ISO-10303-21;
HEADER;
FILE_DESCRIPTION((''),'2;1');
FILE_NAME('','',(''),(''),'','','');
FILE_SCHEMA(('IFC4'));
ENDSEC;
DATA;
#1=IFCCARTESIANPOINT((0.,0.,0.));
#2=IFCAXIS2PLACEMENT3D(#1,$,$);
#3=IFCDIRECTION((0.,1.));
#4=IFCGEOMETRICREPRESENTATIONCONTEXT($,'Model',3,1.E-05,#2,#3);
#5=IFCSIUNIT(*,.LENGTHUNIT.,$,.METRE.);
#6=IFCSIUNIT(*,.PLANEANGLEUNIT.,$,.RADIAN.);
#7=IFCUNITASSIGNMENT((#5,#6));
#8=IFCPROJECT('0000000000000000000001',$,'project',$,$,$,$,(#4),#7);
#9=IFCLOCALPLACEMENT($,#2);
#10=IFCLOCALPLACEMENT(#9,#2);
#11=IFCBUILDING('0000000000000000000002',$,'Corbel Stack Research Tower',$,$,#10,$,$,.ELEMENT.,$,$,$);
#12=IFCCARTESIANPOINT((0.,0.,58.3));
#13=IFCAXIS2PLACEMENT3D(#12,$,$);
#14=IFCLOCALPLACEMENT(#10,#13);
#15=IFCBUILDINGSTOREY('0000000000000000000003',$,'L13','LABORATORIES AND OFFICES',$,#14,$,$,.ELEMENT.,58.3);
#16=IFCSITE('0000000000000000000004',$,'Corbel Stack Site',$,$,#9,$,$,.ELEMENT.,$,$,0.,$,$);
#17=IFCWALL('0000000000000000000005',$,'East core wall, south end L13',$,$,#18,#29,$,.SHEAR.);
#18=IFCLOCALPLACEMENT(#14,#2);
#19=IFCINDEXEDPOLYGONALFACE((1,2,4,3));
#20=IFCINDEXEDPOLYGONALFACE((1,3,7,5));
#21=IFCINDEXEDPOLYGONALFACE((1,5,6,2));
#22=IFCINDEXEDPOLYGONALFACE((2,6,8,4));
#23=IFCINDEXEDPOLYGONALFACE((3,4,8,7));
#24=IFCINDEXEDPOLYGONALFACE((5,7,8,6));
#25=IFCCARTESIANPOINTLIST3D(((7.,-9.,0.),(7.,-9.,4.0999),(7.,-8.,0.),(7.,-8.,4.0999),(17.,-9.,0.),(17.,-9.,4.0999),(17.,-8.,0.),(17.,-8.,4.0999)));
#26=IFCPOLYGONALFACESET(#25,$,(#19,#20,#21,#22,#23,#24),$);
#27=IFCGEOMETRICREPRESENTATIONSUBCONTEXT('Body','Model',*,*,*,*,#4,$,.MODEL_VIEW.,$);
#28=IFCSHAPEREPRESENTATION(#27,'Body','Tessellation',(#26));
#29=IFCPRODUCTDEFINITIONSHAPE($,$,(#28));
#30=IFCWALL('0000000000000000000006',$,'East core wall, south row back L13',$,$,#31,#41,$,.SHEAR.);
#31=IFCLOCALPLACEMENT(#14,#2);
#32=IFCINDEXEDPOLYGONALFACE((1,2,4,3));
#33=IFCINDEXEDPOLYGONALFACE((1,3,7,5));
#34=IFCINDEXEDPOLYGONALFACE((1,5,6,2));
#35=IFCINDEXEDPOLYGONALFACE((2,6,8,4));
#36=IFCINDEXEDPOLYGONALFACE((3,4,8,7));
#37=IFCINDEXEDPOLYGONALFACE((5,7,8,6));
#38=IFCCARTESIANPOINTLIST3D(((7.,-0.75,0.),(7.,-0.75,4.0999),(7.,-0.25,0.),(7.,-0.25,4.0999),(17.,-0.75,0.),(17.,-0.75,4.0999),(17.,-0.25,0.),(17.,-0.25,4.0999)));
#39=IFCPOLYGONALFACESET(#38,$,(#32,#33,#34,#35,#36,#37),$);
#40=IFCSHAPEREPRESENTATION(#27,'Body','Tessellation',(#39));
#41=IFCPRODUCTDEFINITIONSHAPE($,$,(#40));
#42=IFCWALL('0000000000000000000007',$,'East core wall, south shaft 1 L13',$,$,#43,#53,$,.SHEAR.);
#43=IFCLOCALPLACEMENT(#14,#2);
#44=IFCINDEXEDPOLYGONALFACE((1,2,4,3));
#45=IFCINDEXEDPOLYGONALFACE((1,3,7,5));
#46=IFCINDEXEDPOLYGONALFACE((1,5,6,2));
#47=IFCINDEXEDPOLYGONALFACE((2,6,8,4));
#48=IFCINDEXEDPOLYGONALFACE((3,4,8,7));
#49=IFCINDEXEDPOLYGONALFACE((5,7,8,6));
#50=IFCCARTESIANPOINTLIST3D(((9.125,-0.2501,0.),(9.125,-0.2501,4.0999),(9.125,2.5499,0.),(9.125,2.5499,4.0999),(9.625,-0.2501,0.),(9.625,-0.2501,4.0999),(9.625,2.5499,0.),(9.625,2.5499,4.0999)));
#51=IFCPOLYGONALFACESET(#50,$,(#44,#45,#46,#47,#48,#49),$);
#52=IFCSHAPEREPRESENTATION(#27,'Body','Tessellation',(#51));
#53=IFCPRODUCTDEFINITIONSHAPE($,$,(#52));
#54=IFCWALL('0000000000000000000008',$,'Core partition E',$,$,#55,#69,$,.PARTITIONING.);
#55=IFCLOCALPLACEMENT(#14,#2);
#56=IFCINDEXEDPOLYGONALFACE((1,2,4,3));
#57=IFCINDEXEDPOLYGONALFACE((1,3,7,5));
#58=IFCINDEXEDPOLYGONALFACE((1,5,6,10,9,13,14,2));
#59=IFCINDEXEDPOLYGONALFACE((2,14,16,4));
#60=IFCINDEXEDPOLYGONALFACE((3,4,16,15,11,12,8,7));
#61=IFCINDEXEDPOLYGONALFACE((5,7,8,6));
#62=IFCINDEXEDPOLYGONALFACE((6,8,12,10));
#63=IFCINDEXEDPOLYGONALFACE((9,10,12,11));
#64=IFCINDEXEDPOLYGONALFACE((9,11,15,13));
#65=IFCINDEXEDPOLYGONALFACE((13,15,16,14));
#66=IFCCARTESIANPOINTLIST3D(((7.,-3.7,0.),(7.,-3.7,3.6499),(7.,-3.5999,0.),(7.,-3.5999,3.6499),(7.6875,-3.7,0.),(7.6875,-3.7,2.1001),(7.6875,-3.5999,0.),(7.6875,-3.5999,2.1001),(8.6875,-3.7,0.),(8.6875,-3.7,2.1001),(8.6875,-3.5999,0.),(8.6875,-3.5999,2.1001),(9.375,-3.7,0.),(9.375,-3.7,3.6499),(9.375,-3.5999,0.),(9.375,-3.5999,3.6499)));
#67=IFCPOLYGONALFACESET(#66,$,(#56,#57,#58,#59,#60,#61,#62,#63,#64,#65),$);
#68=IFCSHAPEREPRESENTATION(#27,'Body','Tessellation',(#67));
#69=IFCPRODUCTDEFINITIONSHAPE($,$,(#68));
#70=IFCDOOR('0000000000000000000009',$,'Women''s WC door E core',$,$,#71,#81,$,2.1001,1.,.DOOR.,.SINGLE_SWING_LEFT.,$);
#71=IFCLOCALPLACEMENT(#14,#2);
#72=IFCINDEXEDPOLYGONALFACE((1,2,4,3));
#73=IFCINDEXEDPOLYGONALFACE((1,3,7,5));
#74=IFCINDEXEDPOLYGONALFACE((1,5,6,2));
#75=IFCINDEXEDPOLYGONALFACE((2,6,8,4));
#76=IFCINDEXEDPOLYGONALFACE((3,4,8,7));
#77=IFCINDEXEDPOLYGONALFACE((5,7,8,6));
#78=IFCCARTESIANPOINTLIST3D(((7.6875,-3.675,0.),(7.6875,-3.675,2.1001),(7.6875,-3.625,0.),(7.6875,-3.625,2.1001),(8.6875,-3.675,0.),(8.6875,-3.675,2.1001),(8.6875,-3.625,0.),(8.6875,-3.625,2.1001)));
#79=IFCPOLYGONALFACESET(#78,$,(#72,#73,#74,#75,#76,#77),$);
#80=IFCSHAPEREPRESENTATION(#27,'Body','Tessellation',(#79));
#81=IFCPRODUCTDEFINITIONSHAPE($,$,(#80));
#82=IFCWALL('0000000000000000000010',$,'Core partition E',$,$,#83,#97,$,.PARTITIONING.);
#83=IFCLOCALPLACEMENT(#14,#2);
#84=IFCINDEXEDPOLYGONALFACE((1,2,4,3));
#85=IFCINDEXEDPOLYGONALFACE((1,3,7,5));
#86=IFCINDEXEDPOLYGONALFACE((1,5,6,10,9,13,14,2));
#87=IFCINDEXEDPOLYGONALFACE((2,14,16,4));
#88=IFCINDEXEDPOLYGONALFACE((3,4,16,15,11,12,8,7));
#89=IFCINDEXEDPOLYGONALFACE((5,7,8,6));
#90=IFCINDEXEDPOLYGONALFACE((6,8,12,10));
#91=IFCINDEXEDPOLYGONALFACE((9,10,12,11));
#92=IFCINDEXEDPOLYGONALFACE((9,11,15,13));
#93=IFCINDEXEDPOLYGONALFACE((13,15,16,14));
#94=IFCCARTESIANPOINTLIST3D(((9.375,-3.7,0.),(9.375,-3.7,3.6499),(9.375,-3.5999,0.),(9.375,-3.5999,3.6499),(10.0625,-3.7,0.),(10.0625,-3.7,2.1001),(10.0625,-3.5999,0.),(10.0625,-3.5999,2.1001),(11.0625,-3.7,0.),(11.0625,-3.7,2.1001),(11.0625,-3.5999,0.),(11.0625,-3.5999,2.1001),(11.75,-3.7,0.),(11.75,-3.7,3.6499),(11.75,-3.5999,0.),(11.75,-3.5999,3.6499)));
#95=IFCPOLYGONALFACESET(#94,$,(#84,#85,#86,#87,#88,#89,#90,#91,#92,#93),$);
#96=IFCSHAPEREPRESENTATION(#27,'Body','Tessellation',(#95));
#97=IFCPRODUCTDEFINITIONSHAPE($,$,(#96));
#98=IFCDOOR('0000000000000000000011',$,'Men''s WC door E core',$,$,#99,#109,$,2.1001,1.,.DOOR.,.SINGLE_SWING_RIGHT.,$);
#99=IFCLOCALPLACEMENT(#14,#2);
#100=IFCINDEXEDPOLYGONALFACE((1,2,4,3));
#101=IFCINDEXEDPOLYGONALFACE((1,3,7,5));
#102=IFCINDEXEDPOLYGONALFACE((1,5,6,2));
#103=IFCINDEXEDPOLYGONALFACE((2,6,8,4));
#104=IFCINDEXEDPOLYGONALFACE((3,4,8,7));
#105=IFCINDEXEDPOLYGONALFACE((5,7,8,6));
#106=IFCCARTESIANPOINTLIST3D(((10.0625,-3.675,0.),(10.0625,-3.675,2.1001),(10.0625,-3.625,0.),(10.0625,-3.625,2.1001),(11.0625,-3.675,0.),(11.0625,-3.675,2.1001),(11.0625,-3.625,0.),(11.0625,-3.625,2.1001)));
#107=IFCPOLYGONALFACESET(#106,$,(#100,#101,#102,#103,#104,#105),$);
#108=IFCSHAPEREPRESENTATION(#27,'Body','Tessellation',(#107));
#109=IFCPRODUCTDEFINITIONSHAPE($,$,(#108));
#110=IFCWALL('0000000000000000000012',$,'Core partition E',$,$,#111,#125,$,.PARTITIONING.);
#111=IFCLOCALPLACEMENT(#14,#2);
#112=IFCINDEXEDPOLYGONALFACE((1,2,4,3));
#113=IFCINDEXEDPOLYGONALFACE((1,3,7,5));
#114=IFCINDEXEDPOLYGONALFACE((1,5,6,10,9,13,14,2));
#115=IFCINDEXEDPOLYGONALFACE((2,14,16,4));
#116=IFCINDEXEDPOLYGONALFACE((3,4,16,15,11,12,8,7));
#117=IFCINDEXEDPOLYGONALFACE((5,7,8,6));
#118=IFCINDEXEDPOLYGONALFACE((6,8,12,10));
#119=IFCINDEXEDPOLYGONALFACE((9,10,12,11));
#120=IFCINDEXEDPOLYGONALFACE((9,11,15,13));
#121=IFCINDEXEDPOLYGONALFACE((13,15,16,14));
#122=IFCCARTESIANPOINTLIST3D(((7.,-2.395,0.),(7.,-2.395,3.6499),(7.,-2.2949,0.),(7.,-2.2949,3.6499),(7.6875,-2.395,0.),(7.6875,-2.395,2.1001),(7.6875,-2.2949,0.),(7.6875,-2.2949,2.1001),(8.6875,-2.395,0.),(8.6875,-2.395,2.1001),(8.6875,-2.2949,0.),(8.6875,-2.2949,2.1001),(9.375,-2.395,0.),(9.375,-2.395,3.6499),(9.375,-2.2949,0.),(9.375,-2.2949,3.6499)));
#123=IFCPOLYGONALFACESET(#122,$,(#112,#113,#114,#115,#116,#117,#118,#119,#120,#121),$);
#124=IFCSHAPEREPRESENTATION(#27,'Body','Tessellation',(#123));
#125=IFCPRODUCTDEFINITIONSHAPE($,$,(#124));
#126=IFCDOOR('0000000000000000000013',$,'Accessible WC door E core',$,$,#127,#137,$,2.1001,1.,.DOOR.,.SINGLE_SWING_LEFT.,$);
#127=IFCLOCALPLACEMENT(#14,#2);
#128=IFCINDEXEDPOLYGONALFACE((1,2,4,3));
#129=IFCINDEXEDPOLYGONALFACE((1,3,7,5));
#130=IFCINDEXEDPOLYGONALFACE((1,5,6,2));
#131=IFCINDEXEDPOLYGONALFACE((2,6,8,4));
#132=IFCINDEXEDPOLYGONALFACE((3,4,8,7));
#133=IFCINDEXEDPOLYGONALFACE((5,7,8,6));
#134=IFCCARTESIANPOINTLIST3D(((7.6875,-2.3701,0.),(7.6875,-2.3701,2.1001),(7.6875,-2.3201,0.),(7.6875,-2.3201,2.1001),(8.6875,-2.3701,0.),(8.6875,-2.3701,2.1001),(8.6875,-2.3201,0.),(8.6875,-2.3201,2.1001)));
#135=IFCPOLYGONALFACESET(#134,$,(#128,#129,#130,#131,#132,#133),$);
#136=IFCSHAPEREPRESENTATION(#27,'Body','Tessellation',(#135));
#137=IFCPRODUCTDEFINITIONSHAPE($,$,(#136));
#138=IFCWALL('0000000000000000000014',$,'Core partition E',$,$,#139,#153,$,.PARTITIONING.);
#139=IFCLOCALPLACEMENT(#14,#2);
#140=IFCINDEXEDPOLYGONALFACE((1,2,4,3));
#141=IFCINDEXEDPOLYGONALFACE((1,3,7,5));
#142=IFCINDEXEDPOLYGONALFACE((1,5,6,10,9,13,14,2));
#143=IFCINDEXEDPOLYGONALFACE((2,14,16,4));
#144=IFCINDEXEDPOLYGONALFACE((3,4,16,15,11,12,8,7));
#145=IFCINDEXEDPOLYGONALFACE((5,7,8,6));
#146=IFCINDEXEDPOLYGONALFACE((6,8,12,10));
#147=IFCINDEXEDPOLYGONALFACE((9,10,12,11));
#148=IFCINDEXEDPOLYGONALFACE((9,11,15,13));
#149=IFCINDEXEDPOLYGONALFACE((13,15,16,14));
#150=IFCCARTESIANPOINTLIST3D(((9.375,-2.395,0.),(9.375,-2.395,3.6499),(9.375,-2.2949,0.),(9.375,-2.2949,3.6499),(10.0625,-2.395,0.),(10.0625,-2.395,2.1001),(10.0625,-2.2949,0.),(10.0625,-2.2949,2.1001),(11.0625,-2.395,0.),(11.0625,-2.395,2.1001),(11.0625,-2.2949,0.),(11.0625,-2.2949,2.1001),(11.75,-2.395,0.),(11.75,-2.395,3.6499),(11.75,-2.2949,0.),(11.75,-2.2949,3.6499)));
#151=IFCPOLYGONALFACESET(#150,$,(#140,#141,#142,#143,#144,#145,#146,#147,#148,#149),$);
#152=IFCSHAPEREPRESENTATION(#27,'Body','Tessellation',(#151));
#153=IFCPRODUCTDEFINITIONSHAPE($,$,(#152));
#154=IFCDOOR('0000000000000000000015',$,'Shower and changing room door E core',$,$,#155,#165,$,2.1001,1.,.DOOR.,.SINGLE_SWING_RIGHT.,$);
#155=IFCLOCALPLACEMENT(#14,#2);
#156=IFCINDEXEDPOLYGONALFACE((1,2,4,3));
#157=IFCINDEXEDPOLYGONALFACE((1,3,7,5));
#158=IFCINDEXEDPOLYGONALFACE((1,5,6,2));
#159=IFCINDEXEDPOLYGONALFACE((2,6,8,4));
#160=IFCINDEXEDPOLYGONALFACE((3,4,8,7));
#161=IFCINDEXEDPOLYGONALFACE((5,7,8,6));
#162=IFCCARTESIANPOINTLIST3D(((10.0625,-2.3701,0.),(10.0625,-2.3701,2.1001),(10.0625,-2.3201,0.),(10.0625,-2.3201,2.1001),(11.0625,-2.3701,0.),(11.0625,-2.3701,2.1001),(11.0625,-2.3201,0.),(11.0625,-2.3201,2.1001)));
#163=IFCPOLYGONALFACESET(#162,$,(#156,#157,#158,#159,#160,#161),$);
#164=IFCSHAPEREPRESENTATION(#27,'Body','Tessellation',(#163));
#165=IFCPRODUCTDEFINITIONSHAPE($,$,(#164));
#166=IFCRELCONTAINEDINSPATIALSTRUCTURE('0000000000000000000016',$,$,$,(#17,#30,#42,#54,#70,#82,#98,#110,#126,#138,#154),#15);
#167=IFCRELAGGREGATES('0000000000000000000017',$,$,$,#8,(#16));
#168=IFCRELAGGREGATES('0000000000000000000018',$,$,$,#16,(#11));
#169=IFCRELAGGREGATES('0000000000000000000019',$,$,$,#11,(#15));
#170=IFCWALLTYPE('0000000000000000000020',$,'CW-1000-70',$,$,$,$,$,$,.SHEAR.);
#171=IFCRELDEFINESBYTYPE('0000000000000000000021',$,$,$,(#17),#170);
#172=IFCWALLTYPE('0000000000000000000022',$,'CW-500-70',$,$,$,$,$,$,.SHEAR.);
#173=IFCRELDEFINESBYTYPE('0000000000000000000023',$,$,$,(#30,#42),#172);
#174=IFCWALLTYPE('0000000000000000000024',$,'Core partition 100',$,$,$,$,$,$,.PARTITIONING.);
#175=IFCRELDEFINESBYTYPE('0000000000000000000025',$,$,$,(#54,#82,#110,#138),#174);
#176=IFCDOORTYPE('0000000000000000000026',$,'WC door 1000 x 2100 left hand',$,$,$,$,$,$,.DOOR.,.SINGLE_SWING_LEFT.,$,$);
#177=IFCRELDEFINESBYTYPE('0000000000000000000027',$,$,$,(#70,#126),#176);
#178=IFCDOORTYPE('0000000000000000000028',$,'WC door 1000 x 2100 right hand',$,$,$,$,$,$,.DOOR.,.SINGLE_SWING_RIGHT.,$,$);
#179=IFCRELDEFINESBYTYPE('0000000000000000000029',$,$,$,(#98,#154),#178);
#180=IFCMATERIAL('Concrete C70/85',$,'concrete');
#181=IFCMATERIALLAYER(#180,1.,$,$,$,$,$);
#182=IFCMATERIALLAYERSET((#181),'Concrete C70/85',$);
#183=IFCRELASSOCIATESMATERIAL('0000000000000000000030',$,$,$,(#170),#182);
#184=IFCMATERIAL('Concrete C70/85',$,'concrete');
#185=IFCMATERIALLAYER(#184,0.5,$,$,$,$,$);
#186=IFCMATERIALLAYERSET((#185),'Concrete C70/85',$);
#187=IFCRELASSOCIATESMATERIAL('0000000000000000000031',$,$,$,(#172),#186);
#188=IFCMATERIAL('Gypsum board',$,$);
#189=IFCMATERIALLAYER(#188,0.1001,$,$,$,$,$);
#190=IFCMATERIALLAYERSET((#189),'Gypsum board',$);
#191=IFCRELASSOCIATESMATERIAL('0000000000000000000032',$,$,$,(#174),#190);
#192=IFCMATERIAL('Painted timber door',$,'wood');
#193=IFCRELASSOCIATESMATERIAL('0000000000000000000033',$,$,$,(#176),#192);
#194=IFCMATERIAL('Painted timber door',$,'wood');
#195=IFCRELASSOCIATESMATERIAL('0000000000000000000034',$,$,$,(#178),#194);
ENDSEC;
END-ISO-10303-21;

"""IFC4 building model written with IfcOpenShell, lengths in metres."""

from ifc_helpers import new_model, si_unit, direction, frame, frame_2d, origin, place, context, subcontext, project, spatial, rectangle, extrude, material, layer, layer_set, type_object, element, fill, save


model = new_model("IFC4")

# Units and contexts
model_context = context("Model", 3, precision=1e-05, world=origin(), true_north=direction((0.0, 1.0)))
body_context = subcontext(model_context, "Body", "Model", "MODEL_VIEW")
ifc_project = project(units=[si_unit("LENGTHUNIT", "METRE"), si_unit("PLANEANGLEUNIT", "RADIAN")], contexts=[model_context])

# Site, building, storey
site_placement = place(None, origin())
site = spatial("IfcSite", under=ifc_project, at=site_placement, Name="Corbel Stack Site", CompositionType="ELEMENT", RefElevation=0.0)
building_placement = place(site_placement, origin())
building = spatial("IfcBuilding", under=site, at=building_placement, Name="Corbel Stack Research Tower", CompositionType="ELEMENT")
storey_placement = place(building_placement, frame((0.0, 0.0, 58.3)))
storey = spatial("IfcBuildingStorey", under=building, at=storey_placement, Name="L13", Description="LABORATORIES AND OFFICES", CompositionType="ELEMENT", Elevation=58.3)

# Shared definitions
ifc_material_1 = material(Name="Concrete C70/85", Category="concrete")
ifc_layer_1 = layer(ifc_material_1, 1.0)
ifc_layer_set_1 = layer_set([ifc_layer_1], Name="Concrete C70/85")
wall_type_1 = type_object("IfcWallType", Name="CW-1000-70", PredefinedType="SHEAR", material=ifc_layer_set_1)

# Walls
wall_1_placement = place(storey_placement, frame((7.0, -8.5, 0.0), z_axis=(0.0, 0.0, 1.0), x_axis=(1.0, 0.0, 0.0)))
element("IfcWall", 1, at=wall_1_placement, inside=storey, type_object=wall_type_1, Name="East core wall, south end L13", PredefinedType="SHEAR", context=body_context, shape_type="SweptSolid", body=[
    extrude(rectangle(XDim=10.0, YDim=1.0, at=frame_2d((5.0, 0.0))), origin(), (0.0, 0.0, 1.0), 4.0999),
])
ifc_material_2 = material(Name="Concrete C70/85", Category="concrete")
ifc_layer_2 = layer(ifc_material_2, 0.5)
ifc_layer_set_2 = layer_set([ifc_layer_2], Name="Concrete C70/85")
wall_type_2 = type_object("IfcWallType", Name="CW-500-70", PredefinedType="SHEAR", material=ifc_layer_set_2)
wall_2_placement = place(storey_placement, frame((7.0, -0.5, 0.0), z_axis=(0.0, 0.0, 1.0), x_axis=(1.0, 0.0, 0.0)))
element("IfcWall", 2, at=wall_2_placement, inside=storey, type_object=wall_type_2, Name="East core wall, south row back L13", PredefinedType="SHEAR", context=body_context, shape_type="SweptSolid", body=[
    extrude(rectangle(XDim=10.0, YDim=0.5, at=frame_2d((5.0, 0.0))), origin(), (0.0, 0.0, 1.0), 4.0999),
])
wall_3_placement = place(storey_placement, frame((9.375, -0.25, 0.0), z_axis=(0.0, 0.0, 1.0), x_axis=(0.0, 1.0, 0.0)))
element("IfcWall", 3, at=wall_3_placement, inside=storey, type_object=wall_type_2, Name="East core wall, south shaft 1 L13", PredefinedType="SHEAR", context=body_context, shape_type="SweptSolid", body=[
    extrude(rectangle(XDim=2.8, YDim=0.5, at=frame_2d((1.3999, 0.0))), origin(), (0.0, 0.0, 1.0), 4.0999),
])

# Walls, openings, doors
ifc_material_3 = material(Name="Gypsum board")
ifc_layer_3 = layer(ifc_material_3, 0.1001)
ifc_layer_set_3 = layer_set([ifc_layer_3], Name="Gypsum board")
wall_type_3 = type_object("IfcWallType", Name="Core partition 100", PredefinedType="PARTITIONING", material=ifc_layer_set_3)
wall_4_placement = place(storey_placement, frame((7.0, -3.6499, 0.0), z_axis=(0.0, 0.0, 1.0), x_axis=(1.0, 0.0, 0.0)))
wall_4 = element("IfcWall", 4, at=wall_4_placement, inside=storey, type_object=wall_type_3, Name="Core partition E", PredefinedType="PARTITIONING", context=body_context, shape_type="SweptSolid", body=[
    extrude(rectangle(XDim=2.375, YDim=0.1001, at=frame_2d((1.1875, 0.0))), origin(), (0.0, 0.0, 1.0), 3.6499),
])
opening_1_placement = place(wall_4_placement, frame((0.6875, 0.0, 0.0)))
opening_1 = element("IfcOpeningElement", 5, at=opening_1_placement, cuts=wall_4, PredefinedType="OPENING", context=body_context, shape_type="SweptSolid", body=[
    extrude(rectangle(XDim=1.0, YDim=2.1001, at=frame_2d((0.5, 1.05))), frame((0.0, 0.0601, 0.0), z_axis=(0.0, -1.0, 0.0), x_axis=(1.0, 0.0, 0.0)), (0.0, 0.0, 1.0), 0.1201),
])
ifc_material_4 = material(Name="Painted timber door", Category="wood")
door_type_1 = type_object("IfcDoorType", Name="WC door 1000 x 2100 left hand", OperationType="SINGLE_SWING_LEFT", PredefinedType="DOOR", material=ifc_material_4)
door_1_placement = place(opening_1_placement, origin())
door_1 = element("IfcDoor", 6, at=door_1_placement, inside=storey, type_object=door_type_1, Name="Women's WC door E core", OperationType="SINGLE_SWING_LEFT", OverallHeight=2.1001, OverallWidth=1.0, PredefinedType="DOOR", context=body_context, shape_type="SweptSolid", body=[
    extrude(rectangle(XDim=1.0, YDim=2.1001, at=frame_2d((0.5, 1.05))), frame((0.0, 0.0249, 0.0), z_axis=(0.0, -1.0, 0.0), x_axis=(1.0, 0.0, 0.0)), (0.0, 0.0, 1.0), 0.05),
])
fill(opening_1, door_1)
wall_5_placement = place(storey_placement, frame((9.375, -3.6499, 0.0), z_axis=(0.0, 0.0, 1.0), x_axis=(1.0, 0.0, 0.0)))
wall_5 = element("IfcWall", 7, at=wall_5_placement, inside=storey, type_object=wall_type_3, Name="Core partition E", PredefinedType="PARTITIONING", context=body_context, shape_type="SweptSolid", body=[
    extrude(rectangle(XDim=2.375, YDim=0.1001, at=frame_2d((1.1875, 0.0))), origin(), (0.0, 0.0, 1.0), 3.6499),
])
opening_2_placement = place(wall_5_placement, frame((0.6875, 0.0, 0.0)))
opening_2 = element("IfcOpeningElement", 8, at=opening_2_placement, cuts=wall_5, PredefinedType="OPENING", context=body_context, shape_type="SweptSolid", body=[
    extrude(rectangle(XDim=1.0, YDim=2.1001, at=frame_2d((0.5, 1.05))), frame((0.0, 0.0601, 0.0), z_axis=(0.0, -1.0, 0.0), x_axis=(1.0, 0.0, 0.0)), (0.0, 0.0, 1.0), 0.1201),
])
ifc_material_5 = material(Name="Painted timber door", Category="wood")
door_type_2 = type_object("IfcDoorType", Name="WC door 1000 x 2100 right hand", OperationType="SINGLE_SWING_RIGHT", PredefinedType="DOOR", material=ifc_material_5)
door_2_placement = place(opening_2_placement, origin())
door_2 = element("IfcDoor", 9, at=door_2_placement, inside=storey, type_object=door_type_2, Name="Men's WC door E core", OperationType="SINGLE_SWING_RIGHT", OverallHeight=2.1001, OverallWidth=1.0, PredefinedType="DOOR", context=body_context, shape_type="SweptSolid", body=[
    extrude(rectangle(XDim=1.0, YDim=2.1001, at=frame_2d((0.5, 1.05))), frame((0.0, 0.0249, 0.0), z_axis=(0.0, -1.0, 0.0), x_axis=(1.0, 0.0, 0.0)), (0.0, 0.0, 1.0), 0.05),
])
fill(opening_2, door_2)
wall_6_placement = place(storey_placement, frame((7.0, -2.345, 0.0), z_axis=(0.0, 0.0, 1.0), x_axis=(1.0, 0.0, 0.0)))
wall_6 = element("IfcWall", 10, at=wall_6_placement, inside=storey, type_object=wall_type_3, Name="Core partition E", PredefinedType="PARTITIONING", context=body_context, shape_type="SweptSolid", body=[
    extrude(rectangle(XDim=2.375, YDim=0.1001, at=frame_2d((1.1875, 0.0))), origin(), (0.0, 0.0, 1.0), 3.6499),
])
opening_3_placement = place(wall_6_placement, frame((0.6875, 0.0, 0.0)))
opening_3 = element("IfcOpeningElement", 11, at=opening_3_placement, cuts=wall_6, PredefinedType="OPENING", context=body_context, shape_type="SweptSolid", body=[
    extrude(rectangle(XDim=1.0, YDim=2.1001, at=frame_2d((0.5, 1.05))), frame((0.0, 0.0601, 0.0), z_axis=(0.0, -1.0, 0.0), x_axis=(1.0, 0.0, 0.0)), (0.0, 0.0, 1.0), 0.1201),
])
door_3_placement = place(opening_3_placement, origin())
door_3 = element("IfcDoor", 12, at=door_3_placement, inside=storey, type_object=door_type_1, Name="Accessible WC door E core", OperationType="SINGLE_SWING_LEFT", OverallHeight=2.1001, OverallWidth=1.0, PredefinedType="DOOR", context=body_context, shape_type="SweptSolid", body=[
    extrude(rectangle(XDim=1.0, YDim=2.1001, at=frame_2d((0.5, 1.05))), frame((0.0, 0.0249, 0.0), z_axis=(0.0, -1.0, 0.0), x_axis=(1.0, 0.0, 0.0)), (0.0, 0.0, 1.0), 0.05),
])
fill(opening_3, door_3)
wall_7_placement = place(storey_placement, frame((9.375, -2.345, 0.0), z_axis=(0.0, 0.0, 1.0), x_axis=(1.0, 0.0, 0.0)))
wall_7 = element("IfcWall", 13, at=wall_7_placement, inside=storey, type_object=wall_type_3, Name="Core partition E", PredefinedType="PARTITIONING", context=body_context, shape_type="SweptSolid", body=[
    extrude(rectangle(XDim=2.375, YDim=0.1001, at=frame_2d((1.1875, 0.0))), origin(), (0.0, 0.0, 1.0), 3.6499),
])
opening_4_placement = place(wall_7_placement, frame((0.6875, 0.0, 0.0)))
opening_4 = element("IfcOpeningElement", 14, at=opening_4_placement, cuts=wall_7, PredefinedType="OPENING", context=body_context, shape_type="SweptSolid", body=[
    extrude(rectangle(XDim=1.0, YDim=2.1001, at=frame_2d((0.5, 1.05))), frame((0.0, 0.0601, 0.0), z_axis=(0.0, -1.0, 0.0), x_axis=(1.0, 0.0, 0.0)), (0.0, 0.0, 1.0), 0.1201),
])
door_4_placement = place(opening_4_placement, origin())
door_4 = element("IfcDoor", 15, at=door_4_placement, inside=storey, type_object=door_type_2, Name="Shower and changing room door E core", OperationType="SINGLE_SWING_RIGHT", OverallHeight=2.1001, OverallWidth=1.0, PredefinedType="DOOR", context=body_context, shape_type="SweptSolid", body=[
    extrude(rectangle(XDim=1.0, YDim=2.1001, at=frame_2d((0.5, 1.05))), frame((0.0, 0.0249, 0.0), z_axis=(0.0, -1.0, 0.0), x_axis=(1.0, 0.0, 0.0)), (0.0, 0.0, 1.0), 0.05),
])
fill(opening_4, door_4)

save(model, "model.ifc")
